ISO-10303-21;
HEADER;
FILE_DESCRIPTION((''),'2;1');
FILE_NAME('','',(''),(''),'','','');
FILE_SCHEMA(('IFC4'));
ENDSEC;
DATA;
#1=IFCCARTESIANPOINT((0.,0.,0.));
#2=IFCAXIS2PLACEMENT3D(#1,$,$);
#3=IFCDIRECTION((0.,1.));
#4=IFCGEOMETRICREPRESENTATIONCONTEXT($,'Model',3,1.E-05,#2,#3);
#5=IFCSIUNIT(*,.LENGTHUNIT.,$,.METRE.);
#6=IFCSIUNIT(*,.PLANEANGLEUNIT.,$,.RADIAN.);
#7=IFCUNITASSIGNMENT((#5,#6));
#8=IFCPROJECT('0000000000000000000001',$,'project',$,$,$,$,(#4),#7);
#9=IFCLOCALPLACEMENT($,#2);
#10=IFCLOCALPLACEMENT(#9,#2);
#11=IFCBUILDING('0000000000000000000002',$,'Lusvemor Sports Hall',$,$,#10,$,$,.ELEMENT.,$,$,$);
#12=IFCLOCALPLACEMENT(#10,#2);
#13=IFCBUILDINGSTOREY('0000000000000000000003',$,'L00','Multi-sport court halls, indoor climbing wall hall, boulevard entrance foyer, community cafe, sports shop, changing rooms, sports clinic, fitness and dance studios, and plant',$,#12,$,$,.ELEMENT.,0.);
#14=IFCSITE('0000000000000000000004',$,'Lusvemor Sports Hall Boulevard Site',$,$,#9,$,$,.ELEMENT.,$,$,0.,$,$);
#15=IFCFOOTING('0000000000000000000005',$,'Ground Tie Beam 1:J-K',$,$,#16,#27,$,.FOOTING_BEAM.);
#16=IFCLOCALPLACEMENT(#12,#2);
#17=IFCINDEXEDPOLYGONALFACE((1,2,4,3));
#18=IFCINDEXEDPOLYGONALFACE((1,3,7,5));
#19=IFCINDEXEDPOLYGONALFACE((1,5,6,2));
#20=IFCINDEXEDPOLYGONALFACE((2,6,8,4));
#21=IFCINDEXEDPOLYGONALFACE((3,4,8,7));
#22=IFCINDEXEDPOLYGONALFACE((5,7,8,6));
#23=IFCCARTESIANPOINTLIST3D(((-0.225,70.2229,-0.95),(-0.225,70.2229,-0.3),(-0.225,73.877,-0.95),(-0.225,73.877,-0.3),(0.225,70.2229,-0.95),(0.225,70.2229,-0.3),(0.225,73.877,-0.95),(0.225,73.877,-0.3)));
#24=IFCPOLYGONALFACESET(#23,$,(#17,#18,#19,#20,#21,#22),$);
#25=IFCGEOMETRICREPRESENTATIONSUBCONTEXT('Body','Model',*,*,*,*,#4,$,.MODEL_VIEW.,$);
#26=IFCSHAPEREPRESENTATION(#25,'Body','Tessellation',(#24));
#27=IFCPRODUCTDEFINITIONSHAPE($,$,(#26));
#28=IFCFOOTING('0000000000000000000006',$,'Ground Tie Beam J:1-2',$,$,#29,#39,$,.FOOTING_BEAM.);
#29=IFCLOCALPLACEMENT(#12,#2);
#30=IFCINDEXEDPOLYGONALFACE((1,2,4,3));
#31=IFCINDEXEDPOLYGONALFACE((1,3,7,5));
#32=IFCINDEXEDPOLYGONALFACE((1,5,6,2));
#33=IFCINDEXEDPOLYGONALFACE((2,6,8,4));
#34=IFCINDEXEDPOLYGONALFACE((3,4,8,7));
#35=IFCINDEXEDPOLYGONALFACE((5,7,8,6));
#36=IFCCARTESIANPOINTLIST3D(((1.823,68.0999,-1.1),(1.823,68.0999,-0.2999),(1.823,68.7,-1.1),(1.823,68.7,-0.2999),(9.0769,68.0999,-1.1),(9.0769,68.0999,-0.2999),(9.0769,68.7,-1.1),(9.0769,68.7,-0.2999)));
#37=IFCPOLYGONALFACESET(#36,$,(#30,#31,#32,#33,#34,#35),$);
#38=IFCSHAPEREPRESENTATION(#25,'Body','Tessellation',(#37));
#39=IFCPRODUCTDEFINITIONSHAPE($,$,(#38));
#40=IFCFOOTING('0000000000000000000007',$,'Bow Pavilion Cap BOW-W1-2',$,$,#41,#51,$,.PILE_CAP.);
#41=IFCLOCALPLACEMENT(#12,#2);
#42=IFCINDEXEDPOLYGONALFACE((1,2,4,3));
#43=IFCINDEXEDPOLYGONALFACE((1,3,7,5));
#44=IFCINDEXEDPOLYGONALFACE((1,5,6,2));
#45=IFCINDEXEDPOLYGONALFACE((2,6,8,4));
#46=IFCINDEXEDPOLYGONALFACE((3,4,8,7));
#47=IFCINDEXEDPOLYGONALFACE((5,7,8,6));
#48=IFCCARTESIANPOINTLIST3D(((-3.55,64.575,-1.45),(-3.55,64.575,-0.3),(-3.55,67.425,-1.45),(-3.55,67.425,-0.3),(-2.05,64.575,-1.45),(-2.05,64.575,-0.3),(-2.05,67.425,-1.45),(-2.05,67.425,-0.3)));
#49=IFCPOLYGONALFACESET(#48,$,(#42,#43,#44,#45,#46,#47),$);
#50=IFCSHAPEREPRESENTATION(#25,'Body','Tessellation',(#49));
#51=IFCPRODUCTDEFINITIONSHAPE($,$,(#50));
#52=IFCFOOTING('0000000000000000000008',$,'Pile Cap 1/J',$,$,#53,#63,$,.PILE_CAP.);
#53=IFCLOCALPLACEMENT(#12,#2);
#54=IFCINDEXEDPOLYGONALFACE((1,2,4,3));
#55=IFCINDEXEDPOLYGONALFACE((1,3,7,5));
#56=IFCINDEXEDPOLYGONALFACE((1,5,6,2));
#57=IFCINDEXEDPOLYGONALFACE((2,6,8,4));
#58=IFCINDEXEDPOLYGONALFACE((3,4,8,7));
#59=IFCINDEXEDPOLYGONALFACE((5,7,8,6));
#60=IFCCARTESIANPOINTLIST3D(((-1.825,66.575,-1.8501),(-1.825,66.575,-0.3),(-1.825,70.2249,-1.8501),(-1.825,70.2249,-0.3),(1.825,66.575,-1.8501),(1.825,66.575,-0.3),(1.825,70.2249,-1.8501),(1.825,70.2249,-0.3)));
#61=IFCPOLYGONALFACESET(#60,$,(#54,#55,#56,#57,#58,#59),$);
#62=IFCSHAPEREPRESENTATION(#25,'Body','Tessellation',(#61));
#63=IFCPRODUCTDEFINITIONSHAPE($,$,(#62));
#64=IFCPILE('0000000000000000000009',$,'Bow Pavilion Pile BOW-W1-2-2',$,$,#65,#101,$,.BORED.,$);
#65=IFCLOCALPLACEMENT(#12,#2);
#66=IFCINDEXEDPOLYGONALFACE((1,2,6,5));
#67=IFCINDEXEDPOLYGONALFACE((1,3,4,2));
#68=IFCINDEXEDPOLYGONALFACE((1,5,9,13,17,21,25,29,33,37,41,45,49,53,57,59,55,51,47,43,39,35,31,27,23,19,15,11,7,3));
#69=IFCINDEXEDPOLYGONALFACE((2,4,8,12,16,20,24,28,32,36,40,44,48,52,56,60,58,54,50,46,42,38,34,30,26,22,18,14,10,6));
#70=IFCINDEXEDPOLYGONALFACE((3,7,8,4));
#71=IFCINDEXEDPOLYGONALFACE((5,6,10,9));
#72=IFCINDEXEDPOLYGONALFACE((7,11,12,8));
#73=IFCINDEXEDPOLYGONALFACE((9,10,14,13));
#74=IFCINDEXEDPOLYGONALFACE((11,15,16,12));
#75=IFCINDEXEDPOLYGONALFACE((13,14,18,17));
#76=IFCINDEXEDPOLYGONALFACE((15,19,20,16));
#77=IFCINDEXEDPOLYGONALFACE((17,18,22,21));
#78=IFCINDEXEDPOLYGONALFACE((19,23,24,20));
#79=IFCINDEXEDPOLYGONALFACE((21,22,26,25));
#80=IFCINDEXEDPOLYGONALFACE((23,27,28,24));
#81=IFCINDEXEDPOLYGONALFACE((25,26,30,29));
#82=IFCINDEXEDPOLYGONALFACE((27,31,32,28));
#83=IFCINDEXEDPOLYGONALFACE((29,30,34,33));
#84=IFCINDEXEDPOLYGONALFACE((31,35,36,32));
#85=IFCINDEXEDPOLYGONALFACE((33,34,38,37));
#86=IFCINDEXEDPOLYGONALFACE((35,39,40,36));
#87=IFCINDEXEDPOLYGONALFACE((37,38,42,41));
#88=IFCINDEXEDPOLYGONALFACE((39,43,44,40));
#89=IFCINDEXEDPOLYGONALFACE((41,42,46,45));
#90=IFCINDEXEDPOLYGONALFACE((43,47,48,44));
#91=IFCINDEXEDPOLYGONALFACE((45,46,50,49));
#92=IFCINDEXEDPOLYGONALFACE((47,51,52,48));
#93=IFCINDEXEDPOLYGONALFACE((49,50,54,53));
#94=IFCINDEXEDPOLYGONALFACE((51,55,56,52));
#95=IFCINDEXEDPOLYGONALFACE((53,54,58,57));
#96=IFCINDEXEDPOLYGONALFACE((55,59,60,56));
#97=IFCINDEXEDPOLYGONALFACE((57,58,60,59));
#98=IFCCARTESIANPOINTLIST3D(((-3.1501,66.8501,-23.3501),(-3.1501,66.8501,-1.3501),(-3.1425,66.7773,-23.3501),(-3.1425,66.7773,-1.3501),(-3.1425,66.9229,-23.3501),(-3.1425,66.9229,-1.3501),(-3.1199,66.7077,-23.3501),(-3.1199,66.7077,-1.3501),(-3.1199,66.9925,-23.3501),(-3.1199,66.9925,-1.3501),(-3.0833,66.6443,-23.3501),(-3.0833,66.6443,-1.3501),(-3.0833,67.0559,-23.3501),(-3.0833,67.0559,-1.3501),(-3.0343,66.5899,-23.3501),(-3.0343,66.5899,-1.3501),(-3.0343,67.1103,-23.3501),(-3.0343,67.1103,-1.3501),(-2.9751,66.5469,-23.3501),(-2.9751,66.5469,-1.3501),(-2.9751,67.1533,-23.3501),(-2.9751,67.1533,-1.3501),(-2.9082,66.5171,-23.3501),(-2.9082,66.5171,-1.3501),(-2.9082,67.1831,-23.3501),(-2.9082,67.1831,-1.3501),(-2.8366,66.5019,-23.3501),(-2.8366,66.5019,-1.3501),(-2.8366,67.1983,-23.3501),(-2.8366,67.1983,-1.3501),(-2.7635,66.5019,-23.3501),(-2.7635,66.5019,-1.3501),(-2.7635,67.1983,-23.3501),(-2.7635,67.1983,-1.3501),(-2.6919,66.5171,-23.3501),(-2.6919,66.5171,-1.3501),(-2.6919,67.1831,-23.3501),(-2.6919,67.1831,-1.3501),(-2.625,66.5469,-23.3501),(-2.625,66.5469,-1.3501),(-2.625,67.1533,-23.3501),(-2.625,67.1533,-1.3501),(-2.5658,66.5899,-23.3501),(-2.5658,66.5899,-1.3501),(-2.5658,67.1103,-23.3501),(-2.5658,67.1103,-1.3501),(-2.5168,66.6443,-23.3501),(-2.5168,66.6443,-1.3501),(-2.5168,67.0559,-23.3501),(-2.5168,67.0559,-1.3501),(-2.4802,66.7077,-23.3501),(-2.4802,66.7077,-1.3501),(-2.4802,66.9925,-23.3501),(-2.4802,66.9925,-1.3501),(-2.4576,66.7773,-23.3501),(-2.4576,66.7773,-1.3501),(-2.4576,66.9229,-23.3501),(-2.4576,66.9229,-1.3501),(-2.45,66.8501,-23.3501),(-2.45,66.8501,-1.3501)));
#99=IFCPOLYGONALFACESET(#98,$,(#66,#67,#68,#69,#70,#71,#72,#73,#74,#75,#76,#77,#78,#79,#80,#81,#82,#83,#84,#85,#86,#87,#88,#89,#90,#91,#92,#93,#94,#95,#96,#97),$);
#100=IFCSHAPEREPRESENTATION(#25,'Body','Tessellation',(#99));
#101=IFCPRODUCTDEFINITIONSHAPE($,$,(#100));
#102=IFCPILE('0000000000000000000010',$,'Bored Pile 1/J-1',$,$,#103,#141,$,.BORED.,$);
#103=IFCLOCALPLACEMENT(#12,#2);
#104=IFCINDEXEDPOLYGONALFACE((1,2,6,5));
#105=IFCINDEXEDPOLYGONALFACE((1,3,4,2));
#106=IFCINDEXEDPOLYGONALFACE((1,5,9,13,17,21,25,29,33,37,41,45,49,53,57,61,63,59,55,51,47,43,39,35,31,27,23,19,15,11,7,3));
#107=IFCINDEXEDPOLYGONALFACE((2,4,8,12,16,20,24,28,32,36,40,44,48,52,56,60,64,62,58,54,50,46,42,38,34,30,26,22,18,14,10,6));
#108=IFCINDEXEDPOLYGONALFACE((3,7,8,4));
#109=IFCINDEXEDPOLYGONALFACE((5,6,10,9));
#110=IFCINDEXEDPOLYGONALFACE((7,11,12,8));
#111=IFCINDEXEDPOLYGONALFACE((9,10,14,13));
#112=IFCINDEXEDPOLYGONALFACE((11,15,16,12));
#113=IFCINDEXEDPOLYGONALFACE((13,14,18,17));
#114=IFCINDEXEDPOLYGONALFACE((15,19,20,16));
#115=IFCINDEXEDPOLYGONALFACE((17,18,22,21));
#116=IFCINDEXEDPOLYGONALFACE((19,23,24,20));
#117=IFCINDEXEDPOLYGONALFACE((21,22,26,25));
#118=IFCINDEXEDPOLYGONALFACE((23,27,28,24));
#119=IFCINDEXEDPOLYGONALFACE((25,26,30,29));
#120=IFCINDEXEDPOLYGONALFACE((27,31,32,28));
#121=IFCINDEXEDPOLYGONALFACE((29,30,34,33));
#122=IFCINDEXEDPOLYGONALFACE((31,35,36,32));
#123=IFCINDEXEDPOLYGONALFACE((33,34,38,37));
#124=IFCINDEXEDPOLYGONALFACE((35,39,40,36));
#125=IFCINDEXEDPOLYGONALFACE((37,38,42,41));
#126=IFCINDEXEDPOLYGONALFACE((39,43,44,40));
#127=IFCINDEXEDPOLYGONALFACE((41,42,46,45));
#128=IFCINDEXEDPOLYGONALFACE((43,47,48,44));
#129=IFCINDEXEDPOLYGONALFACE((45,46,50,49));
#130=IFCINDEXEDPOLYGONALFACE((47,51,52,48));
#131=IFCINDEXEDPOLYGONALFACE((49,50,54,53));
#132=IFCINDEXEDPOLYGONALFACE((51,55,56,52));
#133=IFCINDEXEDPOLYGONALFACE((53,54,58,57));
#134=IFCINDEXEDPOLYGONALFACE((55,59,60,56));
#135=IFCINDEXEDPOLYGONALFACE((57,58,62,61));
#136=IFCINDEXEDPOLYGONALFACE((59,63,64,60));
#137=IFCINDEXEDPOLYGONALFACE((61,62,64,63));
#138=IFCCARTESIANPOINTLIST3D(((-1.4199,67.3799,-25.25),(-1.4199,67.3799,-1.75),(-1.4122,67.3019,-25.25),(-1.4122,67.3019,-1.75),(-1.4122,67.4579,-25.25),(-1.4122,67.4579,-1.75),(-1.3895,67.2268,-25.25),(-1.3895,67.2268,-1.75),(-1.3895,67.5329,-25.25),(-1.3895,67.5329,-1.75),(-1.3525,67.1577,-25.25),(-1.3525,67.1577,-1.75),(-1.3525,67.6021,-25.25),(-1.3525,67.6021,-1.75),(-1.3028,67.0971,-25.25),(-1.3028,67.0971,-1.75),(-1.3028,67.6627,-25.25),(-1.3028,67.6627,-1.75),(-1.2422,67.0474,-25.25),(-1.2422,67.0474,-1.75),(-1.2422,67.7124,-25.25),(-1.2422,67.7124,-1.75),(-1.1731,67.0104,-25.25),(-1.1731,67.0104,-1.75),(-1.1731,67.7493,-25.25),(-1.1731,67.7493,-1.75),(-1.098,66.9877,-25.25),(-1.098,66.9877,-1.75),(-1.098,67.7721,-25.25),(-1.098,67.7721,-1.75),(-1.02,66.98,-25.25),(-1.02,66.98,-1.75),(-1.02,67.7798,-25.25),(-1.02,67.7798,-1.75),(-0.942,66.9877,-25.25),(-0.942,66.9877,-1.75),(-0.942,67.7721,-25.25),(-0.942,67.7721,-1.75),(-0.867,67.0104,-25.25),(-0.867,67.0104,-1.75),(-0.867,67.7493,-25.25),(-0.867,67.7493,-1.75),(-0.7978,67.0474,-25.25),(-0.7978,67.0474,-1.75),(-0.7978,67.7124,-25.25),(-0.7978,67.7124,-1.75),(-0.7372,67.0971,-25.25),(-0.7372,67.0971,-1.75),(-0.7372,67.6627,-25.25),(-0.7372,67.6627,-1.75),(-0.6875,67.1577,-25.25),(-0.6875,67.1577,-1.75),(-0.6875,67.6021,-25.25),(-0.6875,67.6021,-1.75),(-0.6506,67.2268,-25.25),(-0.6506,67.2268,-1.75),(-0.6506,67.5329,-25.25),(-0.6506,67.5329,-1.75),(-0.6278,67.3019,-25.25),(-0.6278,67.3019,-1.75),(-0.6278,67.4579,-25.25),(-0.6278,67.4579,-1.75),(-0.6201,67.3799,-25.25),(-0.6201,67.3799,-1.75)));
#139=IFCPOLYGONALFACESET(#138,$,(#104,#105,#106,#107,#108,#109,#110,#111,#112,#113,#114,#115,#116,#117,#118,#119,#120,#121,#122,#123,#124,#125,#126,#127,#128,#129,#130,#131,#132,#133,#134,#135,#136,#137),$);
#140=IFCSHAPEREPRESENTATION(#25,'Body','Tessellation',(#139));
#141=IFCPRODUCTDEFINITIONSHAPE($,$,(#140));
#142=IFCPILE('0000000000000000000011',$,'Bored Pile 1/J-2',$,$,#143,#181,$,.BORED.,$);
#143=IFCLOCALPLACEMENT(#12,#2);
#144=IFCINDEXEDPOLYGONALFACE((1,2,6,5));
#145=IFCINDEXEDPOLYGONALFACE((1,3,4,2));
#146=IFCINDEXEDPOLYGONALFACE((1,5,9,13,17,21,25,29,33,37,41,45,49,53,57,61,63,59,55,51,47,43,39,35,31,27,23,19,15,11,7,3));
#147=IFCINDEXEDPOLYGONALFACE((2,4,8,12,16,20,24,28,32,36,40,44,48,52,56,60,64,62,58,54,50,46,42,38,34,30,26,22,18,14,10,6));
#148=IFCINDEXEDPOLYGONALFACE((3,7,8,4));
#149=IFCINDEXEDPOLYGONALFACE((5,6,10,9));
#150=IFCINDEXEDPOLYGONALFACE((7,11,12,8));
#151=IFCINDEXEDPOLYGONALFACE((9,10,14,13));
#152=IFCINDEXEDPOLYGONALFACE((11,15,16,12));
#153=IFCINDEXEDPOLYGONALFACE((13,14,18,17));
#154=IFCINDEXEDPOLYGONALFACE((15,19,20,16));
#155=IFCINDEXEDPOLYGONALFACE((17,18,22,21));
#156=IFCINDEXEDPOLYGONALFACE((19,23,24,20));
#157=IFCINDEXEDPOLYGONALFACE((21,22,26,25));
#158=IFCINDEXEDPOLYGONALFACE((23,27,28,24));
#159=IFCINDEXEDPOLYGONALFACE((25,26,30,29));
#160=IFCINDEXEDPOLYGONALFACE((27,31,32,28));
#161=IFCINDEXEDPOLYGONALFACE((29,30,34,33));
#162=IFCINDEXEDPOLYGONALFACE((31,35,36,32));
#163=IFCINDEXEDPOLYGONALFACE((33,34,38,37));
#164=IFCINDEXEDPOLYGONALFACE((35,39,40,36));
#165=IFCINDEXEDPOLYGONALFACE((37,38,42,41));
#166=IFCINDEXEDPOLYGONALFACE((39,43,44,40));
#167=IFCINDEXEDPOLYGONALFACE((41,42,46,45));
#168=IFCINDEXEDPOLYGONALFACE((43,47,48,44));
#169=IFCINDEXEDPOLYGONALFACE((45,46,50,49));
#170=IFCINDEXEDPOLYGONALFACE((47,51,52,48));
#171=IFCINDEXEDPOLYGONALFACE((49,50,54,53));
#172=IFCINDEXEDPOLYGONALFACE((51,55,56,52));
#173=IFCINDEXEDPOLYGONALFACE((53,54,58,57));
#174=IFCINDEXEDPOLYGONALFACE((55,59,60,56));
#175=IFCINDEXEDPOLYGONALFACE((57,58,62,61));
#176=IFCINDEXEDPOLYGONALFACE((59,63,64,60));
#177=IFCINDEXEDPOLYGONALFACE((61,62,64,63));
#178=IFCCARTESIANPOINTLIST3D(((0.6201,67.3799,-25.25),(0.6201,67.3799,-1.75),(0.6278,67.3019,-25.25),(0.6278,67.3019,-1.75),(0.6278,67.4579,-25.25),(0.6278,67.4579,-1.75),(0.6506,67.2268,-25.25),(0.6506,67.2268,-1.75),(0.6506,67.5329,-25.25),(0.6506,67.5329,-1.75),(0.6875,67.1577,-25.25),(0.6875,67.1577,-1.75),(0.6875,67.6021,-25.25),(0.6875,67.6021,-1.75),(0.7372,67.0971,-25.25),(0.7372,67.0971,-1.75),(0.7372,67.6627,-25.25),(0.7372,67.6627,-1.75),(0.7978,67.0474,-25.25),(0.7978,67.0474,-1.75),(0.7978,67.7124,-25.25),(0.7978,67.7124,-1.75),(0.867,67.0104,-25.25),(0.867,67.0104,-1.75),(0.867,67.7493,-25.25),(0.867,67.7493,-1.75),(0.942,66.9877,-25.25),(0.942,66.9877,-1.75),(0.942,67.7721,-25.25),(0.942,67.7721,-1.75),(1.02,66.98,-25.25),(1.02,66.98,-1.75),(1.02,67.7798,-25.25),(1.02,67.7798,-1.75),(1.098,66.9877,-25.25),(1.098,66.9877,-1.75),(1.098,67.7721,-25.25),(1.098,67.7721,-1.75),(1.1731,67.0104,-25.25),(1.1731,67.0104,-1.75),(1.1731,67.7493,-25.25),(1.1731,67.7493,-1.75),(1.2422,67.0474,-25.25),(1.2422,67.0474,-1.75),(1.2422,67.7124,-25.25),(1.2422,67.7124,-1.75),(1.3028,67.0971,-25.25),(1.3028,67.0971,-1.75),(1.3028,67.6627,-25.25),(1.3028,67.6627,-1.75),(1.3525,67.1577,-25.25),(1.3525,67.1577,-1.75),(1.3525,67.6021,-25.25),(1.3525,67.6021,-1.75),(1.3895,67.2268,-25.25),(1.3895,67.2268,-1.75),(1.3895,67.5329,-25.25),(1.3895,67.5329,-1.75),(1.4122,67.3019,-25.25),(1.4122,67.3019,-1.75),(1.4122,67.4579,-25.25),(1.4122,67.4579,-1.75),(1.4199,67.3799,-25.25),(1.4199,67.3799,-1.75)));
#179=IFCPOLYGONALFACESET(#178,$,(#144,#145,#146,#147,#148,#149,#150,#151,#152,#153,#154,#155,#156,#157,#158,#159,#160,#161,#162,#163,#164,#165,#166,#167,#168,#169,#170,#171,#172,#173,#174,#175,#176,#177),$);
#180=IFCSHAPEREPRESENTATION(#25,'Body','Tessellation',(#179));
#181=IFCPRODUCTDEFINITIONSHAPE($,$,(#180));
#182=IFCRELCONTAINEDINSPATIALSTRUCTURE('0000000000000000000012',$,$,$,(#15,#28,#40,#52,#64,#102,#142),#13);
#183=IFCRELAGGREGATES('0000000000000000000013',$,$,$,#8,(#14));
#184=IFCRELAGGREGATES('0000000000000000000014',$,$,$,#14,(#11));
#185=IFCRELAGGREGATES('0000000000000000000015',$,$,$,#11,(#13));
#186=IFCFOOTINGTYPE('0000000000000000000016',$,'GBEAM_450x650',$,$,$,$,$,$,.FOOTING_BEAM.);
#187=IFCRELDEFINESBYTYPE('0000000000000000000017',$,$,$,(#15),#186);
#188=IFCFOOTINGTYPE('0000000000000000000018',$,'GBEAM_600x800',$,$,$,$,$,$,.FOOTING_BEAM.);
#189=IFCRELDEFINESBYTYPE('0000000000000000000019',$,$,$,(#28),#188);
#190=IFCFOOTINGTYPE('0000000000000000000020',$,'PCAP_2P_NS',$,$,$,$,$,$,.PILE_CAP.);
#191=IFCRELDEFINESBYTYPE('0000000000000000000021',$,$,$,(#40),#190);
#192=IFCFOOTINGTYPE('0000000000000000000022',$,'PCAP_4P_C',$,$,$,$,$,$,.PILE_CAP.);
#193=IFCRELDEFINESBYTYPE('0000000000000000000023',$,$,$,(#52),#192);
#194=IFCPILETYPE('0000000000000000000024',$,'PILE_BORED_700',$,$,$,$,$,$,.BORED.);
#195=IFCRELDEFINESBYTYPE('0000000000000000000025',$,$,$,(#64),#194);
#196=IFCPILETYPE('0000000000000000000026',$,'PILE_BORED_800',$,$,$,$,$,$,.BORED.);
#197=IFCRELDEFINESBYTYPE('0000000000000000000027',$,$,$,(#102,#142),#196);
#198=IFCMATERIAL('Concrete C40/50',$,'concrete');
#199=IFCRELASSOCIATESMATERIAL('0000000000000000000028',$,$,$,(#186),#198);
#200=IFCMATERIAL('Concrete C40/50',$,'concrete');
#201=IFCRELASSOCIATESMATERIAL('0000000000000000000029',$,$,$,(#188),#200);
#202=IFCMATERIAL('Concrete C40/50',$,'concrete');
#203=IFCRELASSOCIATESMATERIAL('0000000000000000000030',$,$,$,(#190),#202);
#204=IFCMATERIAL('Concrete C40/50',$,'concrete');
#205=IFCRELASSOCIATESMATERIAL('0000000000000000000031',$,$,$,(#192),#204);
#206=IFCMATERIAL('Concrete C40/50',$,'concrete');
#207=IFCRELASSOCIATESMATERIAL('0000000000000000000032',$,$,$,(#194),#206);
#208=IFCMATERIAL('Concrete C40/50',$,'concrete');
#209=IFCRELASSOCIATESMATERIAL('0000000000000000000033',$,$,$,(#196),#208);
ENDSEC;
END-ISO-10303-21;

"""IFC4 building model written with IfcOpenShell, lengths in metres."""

from ifc_helpers import new_model, si_unit, direction, frame, origin, origin_2d, place, context, subcontext, project, spatial, rectangle, circle, extrude, material, material_profile, profile_set, type_object, element, save


model = new_model("IFC4")

# Units and contexts
model_context = context("Model", 3, precision=1e-05, world=origin(), true_north=direction((0.0, 1.0)))
body_context = subcontext(model_context, "Body", "Model", "MODEL_VIEW")
ifc_project = project(units=[si_unit("LENGTHUNIT", "METRE"), si_unit("PLANEANGLEUNIT", "RADIAN")], contexts=[model_context])

# Site, building, storey
site_placement = place(None, origin())
site = spatial("IfcSite", under=ifc_project, at=site_placement, Name="Lusvemor Sports Hall Boulevard Site", CompositionType="ELEMENT", RefElevation=0.0)
building_placement = place(site_placement, origin())
building = spatial("IfcBuilding", under=site, at=building_placement, Name="Lusvemor Sports Hall", CompositionType="ELEMENT")
storey_placement = place(building_placement, origin())
storey = spatial("IfcBuildingStorey", under=building, at=storey_placement, Name="L00", Description="Multi-sport court halls, indoor climbing wall hall, boulevard entrance foyer, community cafe, sports shop, changing rooms, sports clinic, fitness and dance studios, and plant", CompositionType="ELEMENT", Elevation=0.0)

# Footings
ifc_material_1 = material(Name="Concrete C40/50", Category="concrete")
ifc_material_profile_1 = material_profile(ifc_material_1, rectangle(XDim=0.45, YDim=0.6499, at=origin_2d()), Name="GB_450x650")
ifc_profile_set_1 = profile_set([ifc_material_profile_1], Name="Concrete C40/50")
footing_type_1 = type_object("IfcFootingType", Name="GBEAM_450x650", PredefinedType="FOOTING_BEAM", material=ifc_profile_set_1)
footing_1_placement = place(storey_placement, frame((0.0, 70.2229, -0.625), z_axis=(0.0, 1.0, 0.0), x_axis=(-1.0, 0.0, 0.0)))
element("IfcFooting", 1, at=footing_1_placement, inside=storey, type_object=footing_type_1, Name="Ground Tie Beam 1:J-K", PredefinedType="FOOTING_BEAM", context=body_context, shape_type="SweptSolid", body=[
    extrude(rectangle(XDim=0.45, YDim=0.6499, at=origin_2d()), origin(), (0.0, 0.0, 1.0), 3.6541),
])
ifc_material_2 = material(Name="Concrete C40/50", Category="concrete")
ifc_material_profile_2 = material_profile(ifc_material_2, rectangle(XDim=0.6001, YDim=0.8, at=origin_2d()), Name="GB_600x800")
ifc_profile_set_2 = profile_set([ifc_material_profile_2], Name="Concrete C40/50")
footing_type_2 = type_object("IfcFootingType", Name="GBEAM_600x800", PredefinedType="FOOTING_BEAM", material=ifc_profile_set_2)
footing_2_placement = place(storey_placement, frame((1.823, 68.3999, -0.7), z_axis=(1.0, 0.0, 0.0), x_axis=(0.0, 1.0, 0.0)))
element("IfcFooting", 2, at=footing_2_placement, inside=storey, type_object=footing_type_2, Name="Ground Tie Beam J:1-2", PredefinedType="FOOTING_BEAM", context=body_context, shape_type="SweptSolid", body=[
    extrude(rectangle(XDim=0.6001, YDim=0.8, at=origin_2d()), origin(), (0.0, 0.0, 1.0), 7.2539),
])
ifc_material_3 = material(Name="Concrete C40/50", Category="concrete")
footing_type_3 = type_object("IfcFootingType", Name="PCAP_2P_NS", PredefinedType="PILE_CAP", material=ifc_material_3)
footing_3_placement = place(storey_placement, frame((-2.8, 66.0, -1.45), z_axis=(0.0, 0.0, 1.0), x_axis=(1.0, 0.0, 0.0)))
element("IfcFooting", 3, at=footing_3_placement, inside=storey, type_object=footing_type_3, Name="Bow Pavilion Cap BOW-W1-2", PredefinedType="PILE_CAP", context=body_context, shape_type="SweptSolid", body=[
    extrude(rectangle(XDim=1.5, YDim=2.8501, at=origin_2d()), origin(), (0.0, 0.0, 1.0), 1.1499),
])
ifc_material_4 = material(Name="Concrete C40/50", Category="concrete")
footing_type_4 = type_object("IfcFootingType", Name="PCAP_4P_C", PredefinedType="PILE_CAP", material=ifc_material_4)
footing_4_placement = place(storey_placement, frame((0.0, 68.3999, -1.8501), z_axis=(0.0, 0.0, 1.0), x_axis=(1.0, 0.0, 0.0)))
element("IfcFooting", 4, at=footing_4_placement, inside=storey, type_object=footing_type_4, Name="Pile Cap 1/J", PredefinedType="PILE_CAP", context=body_context, shape_type="SweptSolid", body=[
    extrude(rectangle(XDim=3.6499, YDim=3.6499, at=origin_2d()), origin(), (0.0, 0.0, 1.0), 1.55),
])

# Piles
ifc_material_5 = material(Name="Concrete C40/50", Category="concrete")
ifc_material_profile_3 = material_profile(ifc_material_5, circle(Radius=0.3501, at=origin_2d()), Name="PILE700")
ifc_profile_set_3 = profile_set([ifc_material_profile_3], Name="Concrete C40/50")
pile_type_1 = type_object("IfcPileType", Name="PILE_BORED_700", PredefinedType="BORED", material=ifc_profile_set_3)
pile_placement = place(storey_placement, frame((-2.8, 66.8501, -1.3501), z_axis=(0.0, 0.0, -1.0), x_axis=(1.0, 0.0, 0.0)))
element("IfcPile", 5, at=pile_placement, inside=storey, type_object=pile_type_1, Name="Bow Pavilion Pile BOW-W1-2-2", PredefinedType="BORED", context=body_context, shape_type="SweptSolid", body=[
    extrude(circle(Radius=0.3501, at=origin_2d()), origin(), (0.0, 0.0, 1.0), 22.0),
])
ifc_material_6 = material(Name="Concrete C40/50", Category="concrete")
ifc_material_profile_4 = material_profile(ifc_material_6, circle(Radius=0.3999, at=origin_2d()), Name="PILE800")
ifc_profile_set_4 = profile_set([ifc_material_profile_4], Name="Concrete C40/50")
pile_type_2 = type_object("IfcPileType", Name="PILE_BORED_800", PredefinedType="BORED", material=ifc_profile_set_4)
for number, where, z_axis, x_axis, name in (
    (6, (-1.02, 67.3799, -1.75), (0.0, 0.0, -1.0), (1.0, 0.0, 0.0), "Bored Pile 1/J-1"),
    (7, (1.02, 67.3799, -1.75), (0.0, 0.0, -1.0), (1.0, 0.0, 0.0), "Bored Pile 1/J-2"),
):
    element("IfcPile", number, at=place(storey_placement, frame(where, z_axis=z_axis, x_axis=x_axis)), inside=storey, type_object=pile_type_2, Name=name, PredefinedType="BORED", context=body_context, shape_type="SweptSolid", body=[
        extrude(circle(Radius=0.3999, at=origin_2d()), origin(), (0.0, 0.0, 1.0), 23.5),
    ])

save(model, "model.ifc")
